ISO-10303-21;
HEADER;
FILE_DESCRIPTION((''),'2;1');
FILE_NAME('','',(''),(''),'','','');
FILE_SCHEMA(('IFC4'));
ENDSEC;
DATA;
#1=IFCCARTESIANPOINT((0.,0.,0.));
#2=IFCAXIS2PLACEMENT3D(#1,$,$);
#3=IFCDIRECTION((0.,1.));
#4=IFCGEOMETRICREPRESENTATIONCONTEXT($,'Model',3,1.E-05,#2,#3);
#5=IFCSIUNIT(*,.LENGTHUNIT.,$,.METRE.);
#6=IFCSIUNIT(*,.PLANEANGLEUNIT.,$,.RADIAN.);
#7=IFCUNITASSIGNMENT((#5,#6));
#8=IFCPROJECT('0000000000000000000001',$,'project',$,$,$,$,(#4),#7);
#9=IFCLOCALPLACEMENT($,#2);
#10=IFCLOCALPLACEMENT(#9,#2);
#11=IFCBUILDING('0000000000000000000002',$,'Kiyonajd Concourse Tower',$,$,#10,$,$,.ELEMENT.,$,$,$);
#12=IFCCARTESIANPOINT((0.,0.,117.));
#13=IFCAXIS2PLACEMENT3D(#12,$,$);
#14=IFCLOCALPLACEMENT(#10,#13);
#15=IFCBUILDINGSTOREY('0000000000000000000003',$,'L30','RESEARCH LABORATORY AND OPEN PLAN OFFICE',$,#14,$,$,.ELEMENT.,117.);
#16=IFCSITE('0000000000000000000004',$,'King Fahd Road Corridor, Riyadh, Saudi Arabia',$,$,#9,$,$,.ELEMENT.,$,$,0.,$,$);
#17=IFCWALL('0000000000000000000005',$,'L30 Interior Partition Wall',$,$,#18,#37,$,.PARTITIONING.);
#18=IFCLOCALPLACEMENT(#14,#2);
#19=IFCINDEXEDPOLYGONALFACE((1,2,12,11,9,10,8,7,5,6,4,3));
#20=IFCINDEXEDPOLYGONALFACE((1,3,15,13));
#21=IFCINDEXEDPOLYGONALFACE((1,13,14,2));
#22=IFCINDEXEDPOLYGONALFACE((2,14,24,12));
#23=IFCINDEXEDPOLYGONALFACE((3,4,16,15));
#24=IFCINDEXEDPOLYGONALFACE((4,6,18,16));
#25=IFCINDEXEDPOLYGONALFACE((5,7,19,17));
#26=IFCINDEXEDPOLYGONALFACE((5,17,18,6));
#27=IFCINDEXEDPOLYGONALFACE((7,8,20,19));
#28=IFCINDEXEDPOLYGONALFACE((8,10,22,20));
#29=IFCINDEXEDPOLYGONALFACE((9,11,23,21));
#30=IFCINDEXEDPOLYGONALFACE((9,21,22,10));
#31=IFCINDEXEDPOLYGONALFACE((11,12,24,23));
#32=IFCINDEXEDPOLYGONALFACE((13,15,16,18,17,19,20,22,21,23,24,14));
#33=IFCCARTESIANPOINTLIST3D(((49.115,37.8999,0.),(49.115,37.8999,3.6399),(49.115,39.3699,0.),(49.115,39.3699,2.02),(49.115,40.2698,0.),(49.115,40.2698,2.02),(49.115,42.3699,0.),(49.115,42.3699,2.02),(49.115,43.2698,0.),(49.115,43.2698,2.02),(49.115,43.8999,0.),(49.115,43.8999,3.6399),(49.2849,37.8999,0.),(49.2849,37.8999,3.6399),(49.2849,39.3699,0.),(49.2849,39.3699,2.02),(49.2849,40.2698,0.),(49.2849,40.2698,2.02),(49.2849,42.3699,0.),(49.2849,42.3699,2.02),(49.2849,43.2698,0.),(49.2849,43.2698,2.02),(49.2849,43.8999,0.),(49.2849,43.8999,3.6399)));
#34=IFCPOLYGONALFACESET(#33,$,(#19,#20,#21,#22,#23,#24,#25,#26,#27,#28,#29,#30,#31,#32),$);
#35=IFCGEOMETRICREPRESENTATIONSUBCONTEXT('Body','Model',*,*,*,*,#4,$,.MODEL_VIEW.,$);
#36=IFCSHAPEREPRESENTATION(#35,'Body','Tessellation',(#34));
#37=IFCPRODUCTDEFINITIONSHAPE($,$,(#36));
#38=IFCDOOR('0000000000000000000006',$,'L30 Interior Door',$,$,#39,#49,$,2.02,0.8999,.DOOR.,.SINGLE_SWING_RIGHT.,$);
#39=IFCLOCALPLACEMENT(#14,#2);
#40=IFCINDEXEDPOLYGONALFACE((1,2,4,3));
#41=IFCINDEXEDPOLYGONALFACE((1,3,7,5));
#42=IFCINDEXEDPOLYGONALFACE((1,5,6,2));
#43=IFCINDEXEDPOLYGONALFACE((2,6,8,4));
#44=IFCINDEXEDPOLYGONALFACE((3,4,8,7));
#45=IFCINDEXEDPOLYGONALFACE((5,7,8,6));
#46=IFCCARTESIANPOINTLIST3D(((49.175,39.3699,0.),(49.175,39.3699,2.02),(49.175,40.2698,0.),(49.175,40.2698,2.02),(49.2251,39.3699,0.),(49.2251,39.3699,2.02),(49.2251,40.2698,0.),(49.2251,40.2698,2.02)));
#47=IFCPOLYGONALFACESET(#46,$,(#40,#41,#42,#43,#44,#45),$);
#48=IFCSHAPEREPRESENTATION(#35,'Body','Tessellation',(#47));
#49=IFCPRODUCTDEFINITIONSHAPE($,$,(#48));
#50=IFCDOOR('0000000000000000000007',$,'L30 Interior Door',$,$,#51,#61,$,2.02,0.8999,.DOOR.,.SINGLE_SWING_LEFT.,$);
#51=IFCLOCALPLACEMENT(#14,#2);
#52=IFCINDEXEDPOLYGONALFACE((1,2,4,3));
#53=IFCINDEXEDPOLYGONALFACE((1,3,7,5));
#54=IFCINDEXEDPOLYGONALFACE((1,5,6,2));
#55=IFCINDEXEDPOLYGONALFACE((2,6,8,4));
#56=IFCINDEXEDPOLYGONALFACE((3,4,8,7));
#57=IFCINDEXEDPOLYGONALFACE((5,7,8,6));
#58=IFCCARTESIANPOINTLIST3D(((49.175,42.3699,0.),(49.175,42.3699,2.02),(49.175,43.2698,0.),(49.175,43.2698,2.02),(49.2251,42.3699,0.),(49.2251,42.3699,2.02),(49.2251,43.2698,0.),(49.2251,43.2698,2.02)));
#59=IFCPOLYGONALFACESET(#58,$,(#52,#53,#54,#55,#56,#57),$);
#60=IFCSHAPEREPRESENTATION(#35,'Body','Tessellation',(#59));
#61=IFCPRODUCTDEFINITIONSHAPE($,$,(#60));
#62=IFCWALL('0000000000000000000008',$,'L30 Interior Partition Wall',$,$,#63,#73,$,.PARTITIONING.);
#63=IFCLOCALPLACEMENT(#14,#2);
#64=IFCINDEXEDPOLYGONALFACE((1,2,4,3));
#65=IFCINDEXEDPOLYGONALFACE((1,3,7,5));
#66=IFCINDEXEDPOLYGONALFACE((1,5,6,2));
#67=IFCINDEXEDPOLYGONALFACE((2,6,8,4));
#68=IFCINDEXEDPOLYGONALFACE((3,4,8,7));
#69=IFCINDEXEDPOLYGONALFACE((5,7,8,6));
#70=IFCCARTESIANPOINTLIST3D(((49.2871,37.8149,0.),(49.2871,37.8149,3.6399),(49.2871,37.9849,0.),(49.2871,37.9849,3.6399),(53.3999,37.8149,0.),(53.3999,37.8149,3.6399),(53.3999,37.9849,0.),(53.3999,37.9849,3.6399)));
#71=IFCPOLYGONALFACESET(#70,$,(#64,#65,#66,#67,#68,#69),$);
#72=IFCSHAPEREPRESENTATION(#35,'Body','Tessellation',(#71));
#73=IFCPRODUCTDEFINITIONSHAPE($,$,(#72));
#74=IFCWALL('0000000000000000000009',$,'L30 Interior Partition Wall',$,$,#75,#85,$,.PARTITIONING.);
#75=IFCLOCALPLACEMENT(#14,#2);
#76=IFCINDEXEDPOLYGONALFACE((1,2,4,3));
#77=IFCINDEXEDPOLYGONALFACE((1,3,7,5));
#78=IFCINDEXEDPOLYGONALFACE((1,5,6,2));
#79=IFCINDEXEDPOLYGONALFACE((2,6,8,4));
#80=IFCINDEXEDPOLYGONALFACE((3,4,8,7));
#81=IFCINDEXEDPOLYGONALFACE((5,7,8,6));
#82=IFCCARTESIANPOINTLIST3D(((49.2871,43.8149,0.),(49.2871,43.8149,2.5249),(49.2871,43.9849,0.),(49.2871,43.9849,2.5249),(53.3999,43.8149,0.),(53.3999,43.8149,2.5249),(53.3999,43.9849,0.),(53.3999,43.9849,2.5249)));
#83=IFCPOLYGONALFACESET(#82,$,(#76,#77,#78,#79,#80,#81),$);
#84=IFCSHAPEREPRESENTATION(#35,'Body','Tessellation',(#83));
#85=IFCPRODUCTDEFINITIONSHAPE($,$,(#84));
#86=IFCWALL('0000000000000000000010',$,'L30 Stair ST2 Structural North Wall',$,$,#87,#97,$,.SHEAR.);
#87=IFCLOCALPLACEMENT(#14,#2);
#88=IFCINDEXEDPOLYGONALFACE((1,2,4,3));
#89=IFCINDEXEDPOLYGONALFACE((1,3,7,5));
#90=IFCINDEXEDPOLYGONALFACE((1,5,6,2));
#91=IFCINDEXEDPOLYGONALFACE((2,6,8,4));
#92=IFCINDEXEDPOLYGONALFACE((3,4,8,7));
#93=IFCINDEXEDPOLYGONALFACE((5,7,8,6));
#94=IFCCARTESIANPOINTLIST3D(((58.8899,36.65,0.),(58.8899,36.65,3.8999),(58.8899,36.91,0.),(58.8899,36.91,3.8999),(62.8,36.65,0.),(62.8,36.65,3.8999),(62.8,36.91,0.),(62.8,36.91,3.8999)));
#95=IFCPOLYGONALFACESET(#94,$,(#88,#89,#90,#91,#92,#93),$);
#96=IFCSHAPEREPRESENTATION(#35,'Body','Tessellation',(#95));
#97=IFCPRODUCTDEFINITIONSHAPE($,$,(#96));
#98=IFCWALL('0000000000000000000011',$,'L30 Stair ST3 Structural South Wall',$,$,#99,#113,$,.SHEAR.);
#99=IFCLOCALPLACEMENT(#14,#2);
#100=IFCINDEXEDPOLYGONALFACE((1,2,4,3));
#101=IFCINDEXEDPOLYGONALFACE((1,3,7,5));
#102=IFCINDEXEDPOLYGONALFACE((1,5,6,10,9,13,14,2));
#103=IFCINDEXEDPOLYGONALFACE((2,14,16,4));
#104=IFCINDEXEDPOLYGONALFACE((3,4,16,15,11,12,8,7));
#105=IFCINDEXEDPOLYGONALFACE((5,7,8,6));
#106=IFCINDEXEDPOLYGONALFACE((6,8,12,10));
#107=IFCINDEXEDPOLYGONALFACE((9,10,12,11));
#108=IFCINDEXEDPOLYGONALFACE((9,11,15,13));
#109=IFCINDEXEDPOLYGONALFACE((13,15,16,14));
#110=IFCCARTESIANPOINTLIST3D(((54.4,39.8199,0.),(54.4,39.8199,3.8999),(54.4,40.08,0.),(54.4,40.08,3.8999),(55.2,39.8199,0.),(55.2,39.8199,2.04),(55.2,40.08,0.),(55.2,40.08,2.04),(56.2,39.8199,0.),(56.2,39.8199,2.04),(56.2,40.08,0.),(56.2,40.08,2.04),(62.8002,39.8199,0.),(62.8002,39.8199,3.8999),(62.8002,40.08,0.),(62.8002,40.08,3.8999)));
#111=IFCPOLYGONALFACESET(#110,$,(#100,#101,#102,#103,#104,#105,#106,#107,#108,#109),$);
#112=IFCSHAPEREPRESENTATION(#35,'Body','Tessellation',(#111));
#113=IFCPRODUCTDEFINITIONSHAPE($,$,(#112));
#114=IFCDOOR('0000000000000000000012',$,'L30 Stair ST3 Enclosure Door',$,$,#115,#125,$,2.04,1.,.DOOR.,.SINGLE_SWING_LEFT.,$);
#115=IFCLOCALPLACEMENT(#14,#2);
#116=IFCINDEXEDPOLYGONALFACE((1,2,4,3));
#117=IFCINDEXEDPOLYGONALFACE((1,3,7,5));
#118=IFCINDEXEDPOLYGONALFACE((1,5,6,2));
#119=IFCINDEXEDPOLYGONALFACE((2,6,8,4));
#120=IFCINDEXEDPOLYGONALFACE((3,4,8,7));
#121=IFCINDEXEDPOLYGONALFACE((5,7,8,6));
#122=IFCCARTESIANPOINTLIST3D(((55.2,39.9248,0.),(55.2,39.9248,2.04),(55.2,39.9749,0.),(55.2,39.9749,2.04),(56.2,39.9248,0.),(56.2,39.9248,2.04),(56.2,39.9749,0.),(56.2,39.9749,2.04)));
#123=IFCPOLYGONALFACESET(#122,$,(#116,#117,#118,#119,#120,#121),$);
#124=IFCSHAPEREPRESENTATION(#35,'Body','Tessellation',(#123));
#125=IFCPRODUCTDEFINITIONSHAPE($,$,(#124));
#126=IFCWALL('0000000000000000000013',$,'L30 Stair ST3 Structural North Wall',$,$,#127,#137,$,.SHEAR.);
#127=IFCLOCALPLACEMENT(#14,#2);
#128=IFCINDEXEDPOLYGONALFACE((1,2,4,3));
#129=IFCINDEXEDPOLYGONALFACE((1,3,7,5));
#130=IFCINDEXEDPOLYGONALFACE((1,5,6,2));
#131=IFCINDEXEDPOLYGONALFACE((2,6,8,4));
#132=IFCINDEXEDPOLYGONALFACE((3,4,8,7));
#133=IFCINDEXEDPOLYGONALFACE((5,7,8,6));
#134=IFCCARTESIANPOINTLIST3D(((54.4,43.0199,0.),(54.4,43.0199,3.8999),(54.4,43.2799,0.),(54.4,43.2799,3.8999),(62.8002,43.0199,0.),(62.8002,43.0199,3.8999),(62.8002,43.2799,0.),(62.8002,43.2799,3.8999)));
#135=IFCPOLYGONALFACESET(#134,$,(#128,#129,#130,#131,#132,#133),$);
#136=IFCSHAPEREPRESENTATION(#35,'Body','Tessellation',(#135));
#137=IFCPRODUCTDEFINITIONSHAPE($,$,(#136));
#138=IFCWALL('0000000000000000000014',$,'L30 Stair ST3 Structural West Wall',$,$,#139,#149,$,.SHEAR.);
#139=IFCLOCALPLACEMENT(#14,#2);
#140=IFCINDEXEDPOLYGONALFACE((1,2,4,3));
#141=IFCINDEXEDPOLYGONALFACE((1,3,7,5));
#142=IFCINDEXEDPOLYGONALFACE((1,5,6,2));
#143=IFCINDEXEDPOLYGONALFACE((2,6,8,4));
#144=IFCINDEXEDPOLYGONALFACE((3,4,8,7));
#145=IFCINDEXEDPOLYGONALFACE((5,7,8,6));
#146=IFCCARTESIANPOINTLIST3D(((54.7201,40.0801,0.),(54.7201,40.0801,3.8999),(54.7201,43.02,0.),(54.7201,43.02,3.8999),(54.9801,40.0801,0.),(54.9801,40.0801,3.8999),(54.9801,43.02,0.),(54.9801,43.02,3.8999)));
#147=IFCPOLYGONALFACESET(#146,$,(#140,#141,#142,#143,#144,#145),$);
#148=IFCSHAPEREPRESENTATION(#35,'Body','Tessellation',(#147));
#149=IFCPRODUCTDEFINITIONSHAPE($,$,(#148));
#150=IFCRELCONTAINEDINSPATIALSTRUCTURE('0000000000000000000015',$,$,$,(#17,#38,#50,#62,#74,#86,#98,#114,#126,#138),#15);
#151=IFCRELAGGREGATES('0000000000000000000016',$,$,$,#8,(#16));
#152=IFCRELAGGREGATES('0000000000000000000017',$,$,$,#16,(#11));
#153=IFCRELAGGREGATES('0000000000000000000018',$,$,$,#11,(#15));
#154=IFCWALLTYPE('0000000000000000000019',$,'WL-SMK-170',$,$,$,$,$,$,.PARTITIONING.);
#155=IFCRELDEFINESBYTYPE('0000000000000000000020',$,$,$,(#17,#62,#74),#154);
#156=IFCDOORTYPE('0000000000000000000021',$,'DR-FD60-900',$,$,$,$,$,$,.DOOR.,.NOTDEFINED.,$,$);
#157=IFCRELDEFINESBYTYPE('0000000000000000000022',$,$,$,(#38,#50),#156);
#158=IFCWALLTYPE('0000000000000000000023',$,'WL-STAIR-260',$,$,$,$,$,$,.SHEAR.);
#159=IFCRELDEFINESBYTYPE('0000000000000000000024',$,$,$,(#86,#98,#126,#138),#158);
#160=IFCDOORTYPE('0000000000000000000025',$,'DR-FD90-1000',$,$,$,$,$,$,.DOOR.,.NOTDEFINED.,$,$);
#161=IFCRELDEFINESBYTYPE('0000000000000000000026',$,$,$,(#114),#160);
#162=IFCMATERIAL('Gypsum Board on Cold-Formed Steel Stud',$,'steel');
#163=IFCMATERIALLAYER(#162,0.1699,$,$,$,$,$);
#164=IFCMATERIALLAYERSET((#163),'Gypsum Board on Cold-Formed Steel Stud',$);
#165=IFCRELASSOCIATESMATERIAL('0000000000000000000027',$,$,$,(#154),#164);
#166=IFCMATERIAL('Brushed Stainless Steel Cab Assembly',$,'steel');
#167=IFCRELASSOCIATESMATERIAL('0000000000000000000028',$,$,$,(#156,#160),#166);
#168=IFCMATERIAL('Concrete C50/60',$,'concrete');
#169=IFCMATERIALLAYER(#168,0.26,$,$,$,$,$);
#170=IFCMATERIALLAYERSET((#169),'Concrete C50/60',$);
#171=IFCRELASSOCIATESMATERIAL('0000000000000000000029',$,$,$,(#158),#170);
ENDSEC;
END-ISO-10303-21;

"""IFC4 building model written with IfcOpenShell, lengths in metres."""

from ifc_helpers import new_model, si_unit, direction, frame, frame_2d, origin, place, context, subcontext, project, spatial, rectangle, extrude, material, layer, layer_set, type_object, element, fill, save


model = new_model("IFC4")

# Units and contexts
model_context = context("Model", 3, precision=1e-05, world=origin(), true_north=direction((0.0, 1.0)))
body_context = subcontext(model_context, "Body", "Model", "MODEL_VIEW")
ifc_project = project(units=[si_unit("LENGTHUNIT", "METRE"), si_unit("PLANEANGLEUNIT", "RADIAN")], contexts=[model_context])

# Site, building, storey
site_placement = place(None, origin())
site = spatial("IfcSite", under=ifc_project, at=site_placement, Name="King Fahd Road Corridor, Riyadh, Saudi Arabia", CompositionType="ELEMENT", RefElevation=0.0)
building_placement = place(site_placement, origin())
building = spatial("IfcBuilding", under=site, at=building_placement, Name="Kiyonajd Concourse Tower", CompositionType="ELEMENT")
storey_placement = place(building_placement, frame((0.0, 0.0, 117.0)))
storey = spatial("IfcBuildingStorey", under=building, at=storey_placement, Name="L30", Description="RESEARCH LABORATORY AND OPEN PLAN OFFICE", CompositionType="ELEMENT", Elevation=117.0)

# Shared definitions
ifc_material_1 = material(Name="Concrete C50/60", Category="concrete")

# Shared definitions
ifc_material_2 = material(Name="Gypsum Board on Cold-Formed Steel Stud", Category="steel")
ifc_layer_1 = layer(ifc_material_2, 0.1699)
ifc_layer_set_1 = layer_set([ifc_layer_1], Name="Gypsum Board on Cold-Formed Steel Stud")
wall_type_1 = type_object("IfcWallType", Name="WL-SMK-170", PredefinedType="PARTITIONING", material=ifc_layer_set_1)

# Wall, openings, doors
wall_1_placement = place(storey_placement, frame((49.2, 37.8999, 0.0), z_axis=(0.0, 0.0, 1.0), x_axis=(0.0, 1.0, 0.0)))
wall_1 = element("IfcWall", 1, at=wall_1_placement, inside=storey, type_object=wall_type_1, Name="L30 Interior Partition Wall", PredefinedType="PARTITIONING", context=body_context, shape_type="SweptSolid", body=[
    extrude(rectangle(XDim=6.0, YDim=0.1699, at=frame_2d((3.0, 0.0))), origin(), (0.0, 0.0, 1.0), 3.6399),
])
opening_1_placement = place(wall_1_placement, frame((1.47, 0.0, 0.0)))
opening_1 = element("IfcOpeningElement", 2, at=opening_1_placement, cuts=wall_1, PredefinedType="OPENING", context=body_context, shape_type="SweptSolid", body=[
    extrude(rectangle(XDim=0.8999, YDim=2.02, at=frame_2d((0.45, 1.01))), frame((0.0, 0.095, 0.0), z_axis=(0.0, -1.0, 0.0), x_axis=(1.0, 0.0, 0.0)), (0.0, 0.0, 1.0), 0.1899),
])
opening_2_placement = place(wall_1_placement, frame((4.47, 0.0, 0.0)))
opening_2 = element("IfcOpeningElement", 3, at=opening_2_placement, cuts=wall_1, PredefinedType="OPENING", context=body_context, shape_type="SweptSolid", body=[
    extrude(rectangle(XDim=0.8999, YDim=2.02, at=frame_2d((0.45, 1.01))), frame((0.0, 0.095, 0.0), z_axis=(0.0, -1.0, 0.0), x_axis=(1.0, 0.0, 0.0)), (0.0, 0.0, 1.0), 0.1899),
])
ifc_material_3 = material(Name="Brushed Stainless Steel Cab Assembly", Category="steel")
door_type_1 = type_object("IfcDoorType", Name="DR-FD60-900", OperationType="NOTDEFINED", PredefinedType="DOOR", material=ifc_material_3)
door_1_placement = place(opening_1_placement, origin())
door_1 = element("IfcDoor", 4, at=door_1_placement, inside=storey, type_object=door_type_1, Name="L30 Interior Door", OperationType="SINGLE_SWING_RIGHT", OverallHeight=2.02, OverallWidth=0.8999, PredefinedType="DOOR", context=body_context, shape_type="SweptSolid", body=[
    extrude(rectangle(XDim=0.8999, YDim=2.02, at=frame_2d((0.45, 1.01))), frame((0.0, 0.0249, 0.0), z_axis=(0.0, -1.0, 0.0), x_axis=(1.0, 0.0, 0.0)), (0.0, 0.0, 1.0), 0.05),
])
fill(opening_1, door_1)
door_2_placement = place(opening_2_placement, origin())
door_2 = element("IfcDoor", 5, at=door_2_placement, inside=storey, type_object=door_type_1, Name="L30 Interior Door", OperationType="SINGLE_SWING_LEFT", OverallHeight=2.02, OverallWidth=0.8999, PredefinedType="DOOR", context=body_context, shape_type="SweptSolid", body=[
    extrude(rectangle(XDim=0.8999, YDim=2.02, at=frame_2d((0.45, 1.01))), frame((0.0, 0.0249, 0.0), z_axis=(0.0, -1.0, 0.0), x_axis=(1.0, 0.0, 0.0)), (0.0, 0.0, 1.0), 0.05),
])
fill(opening_2, door_2)

# Walls
wall_2_placement = place(storey_placement, frame((49.2871, 37.8999, 0.0), z_axis=(0.0, 0.0, 1.0), x_axis=(1.0, 0.0, 0.0)))
element("IfcWall", 6, at=wall_2_placement, inside=storey, type_object=wall_type_1, Name="L30 Interior Partition Wall", PredefinedType="PARTITIONING", context=body_context, shape_type="SweptSolid", body=[
    extrude(rectangle(XDim=4.1128, YDim=0.1699, at=frame_2d((2.0564, 0.0))), origin(), (0.0, 0.0, 1.0), 3.6399),
])
wall_3_placement = place(storey_placement, frame((49.2871, 43.8999, 0.0), z_axis=(0.0, 0.0, 1.0), x_axis=(1.0, 0.0, 0.0)))
element("IfcWall", 7, at=wall_3_placement, inside=storey, type_object=wall_type_1, Name="L30 Interior Partition Wall", PredefinedType="PARTITIONING", context=body_context, shape_type="SweptSolid", body=[
    extrude(rectangle(XDim=4.1128, YDim=0.1699, at=frame_2d((2.0564, 0.0))), origin(), (0.0, 0.0, 1.0), 2.5249),
])
ifc_layer_2 = layer(ifc_material_1, 0.26)
ifc_layer_set_2 = layer_set([ifc_layer_2], Name="Concrete C50/60")
wall_type_2 = type_object("IfcWallType", Name="WL-STAIR-260", PredefinedType="SHEAR", material=ifc_layer_set_2)
wall_4_placement = place(storey_placement, frame((58.8899, 36.78, 0.0), z_axis=(0.0, 0.0, 1.0), x_axis=(1.0, 0.0, 0.0)))
element("IfcWall", 8, at=wall_4_placement, inside=storey, type_object=wall_type_2, Name="L30 Stair ST2 Structural North Wall", PredefinedType="SHEAR", context=body_context, shape_type="SweptSolid", body=[
    extrude(rectangle(XDim=3.9102, YDim=0.26, at=frame_2d((1.9551, 0.0))), origin(), (0.0, 0.0, 1.0), 3.8999),
])

# Wall, opening, door
wall_5_placement = place(storey_placement, frame((54.3999, 39.95, 0.0), z_axis=(0.0, 0.0, 1.0), x_axis=(1.0, 0.0, 0.0)))
wall_5 = element("IfcWall", 9, at=wall_5_placement, inside=storey, type_object=wall_type_2, Name="L30 Stair ST3 Structural South Wall", PredefinedType="SHEAR", context=body_context, shape_type="SweptSolid", body=[
    extrude(rectangle(XDim=8.4001, YDim=0.26, at=frame_2d((4.2002, 0.0))), origin(), (0.0, 0.0, 1.0), 3.8999),
])
opening_3_placement = place(wall_5_placement, frame((0.8, 0.0, 0.0)))
opening_3 = element("IfcOpeningElement", 10, at=opening_3_placement, cuts=wall_5, PredefinedType="OPENING", context=body_context, shape_type="SweptSolid", body=[
    extrude(rectangle(XDim=1.0, YDim=2.04, at=frame_2d((0.5, 1.02))), frame((0.0, 0.1399, 0.0), z_axis=(0.0, -1.0, 0.0), x_axis=(1.0, 0.0, 0.0)), (0.0, 0.0, 1.0), 0.28),
])
door_type_2 = type_object("IfcDoorType", Name="DR-FD90-1000", OperationType="NOTDEFINED", PredefinedType="DOOR", material=ifc_material_3)
door_3_placement = place(opening_3_placement, origin())
door_3 = element("IfcDoor", 11, at=door_3_placement, inside=storey, type_object=door_type_2, Name="L30 Stair ST3 Enclosure Door", OperationType="SINGLE_SWING_LEFT", OverallHeight=2.04, OverallWidth=1.0, PredefinedType="DOOR", context=body_context, shape_type="SweptSolid", body=[
    extrude(rectangle(XDim=1.0, YDim=2.04, at=frame_2d((0.5, 1.02))), frame((0.0, 0.0249, 0.0), z_axis=(0.0, -1.0, 0.0), x_axis=(1.0, 0.0, 0.0)), (0.0, 0.0, 1.0), 0.05),
])
fill(opening_3, door_3)

# Walls
wall_6_placement = place(storey_placement, frame((54.3999, 43.1499, 0.0), z_axis=(0.0, 0.0, 1.0), x_axis=(1.0, 0.0, 0.0)))
element("IfcWall", 12, at=wall_6_placement, inside=storey, type_object=wall_type_2, Name="L30 Stair ST3 Structural North Wall", PredefinedType="SHEAR", context=body_context, shape_type="SweptSolid", body=[
    extrude(rectangle(XDim=8.4001, YDim=0.26, at=frame_2d((4.2002, 0.0))), origin(), (0.0, 0.0, 1.0), 3.8999),
])
wall_7_placement = place(storey_placement, frame((54.8501, 40.0801, 0.0), z_axis=(0.0, 0.0, 1.0), x_axis=(0.0, 1.0, 0.0)))
element("IfcWall", 13, at=wall_7_placement, inside=storey, type_object=wall_type_2, Name="L30 Stair ST3 Structural West Wall", PredefinedType="SHEAR", context=body_context, shape_type="SweptSolid", body=[
    extrude(rectangle(XDim=2.9399, YDim=0.26, at=frame_2d((1.47, 0.0))), origin(), (0.0, 0.0, 1.0), 3.8999),
])

save(model, "model.ifc")
